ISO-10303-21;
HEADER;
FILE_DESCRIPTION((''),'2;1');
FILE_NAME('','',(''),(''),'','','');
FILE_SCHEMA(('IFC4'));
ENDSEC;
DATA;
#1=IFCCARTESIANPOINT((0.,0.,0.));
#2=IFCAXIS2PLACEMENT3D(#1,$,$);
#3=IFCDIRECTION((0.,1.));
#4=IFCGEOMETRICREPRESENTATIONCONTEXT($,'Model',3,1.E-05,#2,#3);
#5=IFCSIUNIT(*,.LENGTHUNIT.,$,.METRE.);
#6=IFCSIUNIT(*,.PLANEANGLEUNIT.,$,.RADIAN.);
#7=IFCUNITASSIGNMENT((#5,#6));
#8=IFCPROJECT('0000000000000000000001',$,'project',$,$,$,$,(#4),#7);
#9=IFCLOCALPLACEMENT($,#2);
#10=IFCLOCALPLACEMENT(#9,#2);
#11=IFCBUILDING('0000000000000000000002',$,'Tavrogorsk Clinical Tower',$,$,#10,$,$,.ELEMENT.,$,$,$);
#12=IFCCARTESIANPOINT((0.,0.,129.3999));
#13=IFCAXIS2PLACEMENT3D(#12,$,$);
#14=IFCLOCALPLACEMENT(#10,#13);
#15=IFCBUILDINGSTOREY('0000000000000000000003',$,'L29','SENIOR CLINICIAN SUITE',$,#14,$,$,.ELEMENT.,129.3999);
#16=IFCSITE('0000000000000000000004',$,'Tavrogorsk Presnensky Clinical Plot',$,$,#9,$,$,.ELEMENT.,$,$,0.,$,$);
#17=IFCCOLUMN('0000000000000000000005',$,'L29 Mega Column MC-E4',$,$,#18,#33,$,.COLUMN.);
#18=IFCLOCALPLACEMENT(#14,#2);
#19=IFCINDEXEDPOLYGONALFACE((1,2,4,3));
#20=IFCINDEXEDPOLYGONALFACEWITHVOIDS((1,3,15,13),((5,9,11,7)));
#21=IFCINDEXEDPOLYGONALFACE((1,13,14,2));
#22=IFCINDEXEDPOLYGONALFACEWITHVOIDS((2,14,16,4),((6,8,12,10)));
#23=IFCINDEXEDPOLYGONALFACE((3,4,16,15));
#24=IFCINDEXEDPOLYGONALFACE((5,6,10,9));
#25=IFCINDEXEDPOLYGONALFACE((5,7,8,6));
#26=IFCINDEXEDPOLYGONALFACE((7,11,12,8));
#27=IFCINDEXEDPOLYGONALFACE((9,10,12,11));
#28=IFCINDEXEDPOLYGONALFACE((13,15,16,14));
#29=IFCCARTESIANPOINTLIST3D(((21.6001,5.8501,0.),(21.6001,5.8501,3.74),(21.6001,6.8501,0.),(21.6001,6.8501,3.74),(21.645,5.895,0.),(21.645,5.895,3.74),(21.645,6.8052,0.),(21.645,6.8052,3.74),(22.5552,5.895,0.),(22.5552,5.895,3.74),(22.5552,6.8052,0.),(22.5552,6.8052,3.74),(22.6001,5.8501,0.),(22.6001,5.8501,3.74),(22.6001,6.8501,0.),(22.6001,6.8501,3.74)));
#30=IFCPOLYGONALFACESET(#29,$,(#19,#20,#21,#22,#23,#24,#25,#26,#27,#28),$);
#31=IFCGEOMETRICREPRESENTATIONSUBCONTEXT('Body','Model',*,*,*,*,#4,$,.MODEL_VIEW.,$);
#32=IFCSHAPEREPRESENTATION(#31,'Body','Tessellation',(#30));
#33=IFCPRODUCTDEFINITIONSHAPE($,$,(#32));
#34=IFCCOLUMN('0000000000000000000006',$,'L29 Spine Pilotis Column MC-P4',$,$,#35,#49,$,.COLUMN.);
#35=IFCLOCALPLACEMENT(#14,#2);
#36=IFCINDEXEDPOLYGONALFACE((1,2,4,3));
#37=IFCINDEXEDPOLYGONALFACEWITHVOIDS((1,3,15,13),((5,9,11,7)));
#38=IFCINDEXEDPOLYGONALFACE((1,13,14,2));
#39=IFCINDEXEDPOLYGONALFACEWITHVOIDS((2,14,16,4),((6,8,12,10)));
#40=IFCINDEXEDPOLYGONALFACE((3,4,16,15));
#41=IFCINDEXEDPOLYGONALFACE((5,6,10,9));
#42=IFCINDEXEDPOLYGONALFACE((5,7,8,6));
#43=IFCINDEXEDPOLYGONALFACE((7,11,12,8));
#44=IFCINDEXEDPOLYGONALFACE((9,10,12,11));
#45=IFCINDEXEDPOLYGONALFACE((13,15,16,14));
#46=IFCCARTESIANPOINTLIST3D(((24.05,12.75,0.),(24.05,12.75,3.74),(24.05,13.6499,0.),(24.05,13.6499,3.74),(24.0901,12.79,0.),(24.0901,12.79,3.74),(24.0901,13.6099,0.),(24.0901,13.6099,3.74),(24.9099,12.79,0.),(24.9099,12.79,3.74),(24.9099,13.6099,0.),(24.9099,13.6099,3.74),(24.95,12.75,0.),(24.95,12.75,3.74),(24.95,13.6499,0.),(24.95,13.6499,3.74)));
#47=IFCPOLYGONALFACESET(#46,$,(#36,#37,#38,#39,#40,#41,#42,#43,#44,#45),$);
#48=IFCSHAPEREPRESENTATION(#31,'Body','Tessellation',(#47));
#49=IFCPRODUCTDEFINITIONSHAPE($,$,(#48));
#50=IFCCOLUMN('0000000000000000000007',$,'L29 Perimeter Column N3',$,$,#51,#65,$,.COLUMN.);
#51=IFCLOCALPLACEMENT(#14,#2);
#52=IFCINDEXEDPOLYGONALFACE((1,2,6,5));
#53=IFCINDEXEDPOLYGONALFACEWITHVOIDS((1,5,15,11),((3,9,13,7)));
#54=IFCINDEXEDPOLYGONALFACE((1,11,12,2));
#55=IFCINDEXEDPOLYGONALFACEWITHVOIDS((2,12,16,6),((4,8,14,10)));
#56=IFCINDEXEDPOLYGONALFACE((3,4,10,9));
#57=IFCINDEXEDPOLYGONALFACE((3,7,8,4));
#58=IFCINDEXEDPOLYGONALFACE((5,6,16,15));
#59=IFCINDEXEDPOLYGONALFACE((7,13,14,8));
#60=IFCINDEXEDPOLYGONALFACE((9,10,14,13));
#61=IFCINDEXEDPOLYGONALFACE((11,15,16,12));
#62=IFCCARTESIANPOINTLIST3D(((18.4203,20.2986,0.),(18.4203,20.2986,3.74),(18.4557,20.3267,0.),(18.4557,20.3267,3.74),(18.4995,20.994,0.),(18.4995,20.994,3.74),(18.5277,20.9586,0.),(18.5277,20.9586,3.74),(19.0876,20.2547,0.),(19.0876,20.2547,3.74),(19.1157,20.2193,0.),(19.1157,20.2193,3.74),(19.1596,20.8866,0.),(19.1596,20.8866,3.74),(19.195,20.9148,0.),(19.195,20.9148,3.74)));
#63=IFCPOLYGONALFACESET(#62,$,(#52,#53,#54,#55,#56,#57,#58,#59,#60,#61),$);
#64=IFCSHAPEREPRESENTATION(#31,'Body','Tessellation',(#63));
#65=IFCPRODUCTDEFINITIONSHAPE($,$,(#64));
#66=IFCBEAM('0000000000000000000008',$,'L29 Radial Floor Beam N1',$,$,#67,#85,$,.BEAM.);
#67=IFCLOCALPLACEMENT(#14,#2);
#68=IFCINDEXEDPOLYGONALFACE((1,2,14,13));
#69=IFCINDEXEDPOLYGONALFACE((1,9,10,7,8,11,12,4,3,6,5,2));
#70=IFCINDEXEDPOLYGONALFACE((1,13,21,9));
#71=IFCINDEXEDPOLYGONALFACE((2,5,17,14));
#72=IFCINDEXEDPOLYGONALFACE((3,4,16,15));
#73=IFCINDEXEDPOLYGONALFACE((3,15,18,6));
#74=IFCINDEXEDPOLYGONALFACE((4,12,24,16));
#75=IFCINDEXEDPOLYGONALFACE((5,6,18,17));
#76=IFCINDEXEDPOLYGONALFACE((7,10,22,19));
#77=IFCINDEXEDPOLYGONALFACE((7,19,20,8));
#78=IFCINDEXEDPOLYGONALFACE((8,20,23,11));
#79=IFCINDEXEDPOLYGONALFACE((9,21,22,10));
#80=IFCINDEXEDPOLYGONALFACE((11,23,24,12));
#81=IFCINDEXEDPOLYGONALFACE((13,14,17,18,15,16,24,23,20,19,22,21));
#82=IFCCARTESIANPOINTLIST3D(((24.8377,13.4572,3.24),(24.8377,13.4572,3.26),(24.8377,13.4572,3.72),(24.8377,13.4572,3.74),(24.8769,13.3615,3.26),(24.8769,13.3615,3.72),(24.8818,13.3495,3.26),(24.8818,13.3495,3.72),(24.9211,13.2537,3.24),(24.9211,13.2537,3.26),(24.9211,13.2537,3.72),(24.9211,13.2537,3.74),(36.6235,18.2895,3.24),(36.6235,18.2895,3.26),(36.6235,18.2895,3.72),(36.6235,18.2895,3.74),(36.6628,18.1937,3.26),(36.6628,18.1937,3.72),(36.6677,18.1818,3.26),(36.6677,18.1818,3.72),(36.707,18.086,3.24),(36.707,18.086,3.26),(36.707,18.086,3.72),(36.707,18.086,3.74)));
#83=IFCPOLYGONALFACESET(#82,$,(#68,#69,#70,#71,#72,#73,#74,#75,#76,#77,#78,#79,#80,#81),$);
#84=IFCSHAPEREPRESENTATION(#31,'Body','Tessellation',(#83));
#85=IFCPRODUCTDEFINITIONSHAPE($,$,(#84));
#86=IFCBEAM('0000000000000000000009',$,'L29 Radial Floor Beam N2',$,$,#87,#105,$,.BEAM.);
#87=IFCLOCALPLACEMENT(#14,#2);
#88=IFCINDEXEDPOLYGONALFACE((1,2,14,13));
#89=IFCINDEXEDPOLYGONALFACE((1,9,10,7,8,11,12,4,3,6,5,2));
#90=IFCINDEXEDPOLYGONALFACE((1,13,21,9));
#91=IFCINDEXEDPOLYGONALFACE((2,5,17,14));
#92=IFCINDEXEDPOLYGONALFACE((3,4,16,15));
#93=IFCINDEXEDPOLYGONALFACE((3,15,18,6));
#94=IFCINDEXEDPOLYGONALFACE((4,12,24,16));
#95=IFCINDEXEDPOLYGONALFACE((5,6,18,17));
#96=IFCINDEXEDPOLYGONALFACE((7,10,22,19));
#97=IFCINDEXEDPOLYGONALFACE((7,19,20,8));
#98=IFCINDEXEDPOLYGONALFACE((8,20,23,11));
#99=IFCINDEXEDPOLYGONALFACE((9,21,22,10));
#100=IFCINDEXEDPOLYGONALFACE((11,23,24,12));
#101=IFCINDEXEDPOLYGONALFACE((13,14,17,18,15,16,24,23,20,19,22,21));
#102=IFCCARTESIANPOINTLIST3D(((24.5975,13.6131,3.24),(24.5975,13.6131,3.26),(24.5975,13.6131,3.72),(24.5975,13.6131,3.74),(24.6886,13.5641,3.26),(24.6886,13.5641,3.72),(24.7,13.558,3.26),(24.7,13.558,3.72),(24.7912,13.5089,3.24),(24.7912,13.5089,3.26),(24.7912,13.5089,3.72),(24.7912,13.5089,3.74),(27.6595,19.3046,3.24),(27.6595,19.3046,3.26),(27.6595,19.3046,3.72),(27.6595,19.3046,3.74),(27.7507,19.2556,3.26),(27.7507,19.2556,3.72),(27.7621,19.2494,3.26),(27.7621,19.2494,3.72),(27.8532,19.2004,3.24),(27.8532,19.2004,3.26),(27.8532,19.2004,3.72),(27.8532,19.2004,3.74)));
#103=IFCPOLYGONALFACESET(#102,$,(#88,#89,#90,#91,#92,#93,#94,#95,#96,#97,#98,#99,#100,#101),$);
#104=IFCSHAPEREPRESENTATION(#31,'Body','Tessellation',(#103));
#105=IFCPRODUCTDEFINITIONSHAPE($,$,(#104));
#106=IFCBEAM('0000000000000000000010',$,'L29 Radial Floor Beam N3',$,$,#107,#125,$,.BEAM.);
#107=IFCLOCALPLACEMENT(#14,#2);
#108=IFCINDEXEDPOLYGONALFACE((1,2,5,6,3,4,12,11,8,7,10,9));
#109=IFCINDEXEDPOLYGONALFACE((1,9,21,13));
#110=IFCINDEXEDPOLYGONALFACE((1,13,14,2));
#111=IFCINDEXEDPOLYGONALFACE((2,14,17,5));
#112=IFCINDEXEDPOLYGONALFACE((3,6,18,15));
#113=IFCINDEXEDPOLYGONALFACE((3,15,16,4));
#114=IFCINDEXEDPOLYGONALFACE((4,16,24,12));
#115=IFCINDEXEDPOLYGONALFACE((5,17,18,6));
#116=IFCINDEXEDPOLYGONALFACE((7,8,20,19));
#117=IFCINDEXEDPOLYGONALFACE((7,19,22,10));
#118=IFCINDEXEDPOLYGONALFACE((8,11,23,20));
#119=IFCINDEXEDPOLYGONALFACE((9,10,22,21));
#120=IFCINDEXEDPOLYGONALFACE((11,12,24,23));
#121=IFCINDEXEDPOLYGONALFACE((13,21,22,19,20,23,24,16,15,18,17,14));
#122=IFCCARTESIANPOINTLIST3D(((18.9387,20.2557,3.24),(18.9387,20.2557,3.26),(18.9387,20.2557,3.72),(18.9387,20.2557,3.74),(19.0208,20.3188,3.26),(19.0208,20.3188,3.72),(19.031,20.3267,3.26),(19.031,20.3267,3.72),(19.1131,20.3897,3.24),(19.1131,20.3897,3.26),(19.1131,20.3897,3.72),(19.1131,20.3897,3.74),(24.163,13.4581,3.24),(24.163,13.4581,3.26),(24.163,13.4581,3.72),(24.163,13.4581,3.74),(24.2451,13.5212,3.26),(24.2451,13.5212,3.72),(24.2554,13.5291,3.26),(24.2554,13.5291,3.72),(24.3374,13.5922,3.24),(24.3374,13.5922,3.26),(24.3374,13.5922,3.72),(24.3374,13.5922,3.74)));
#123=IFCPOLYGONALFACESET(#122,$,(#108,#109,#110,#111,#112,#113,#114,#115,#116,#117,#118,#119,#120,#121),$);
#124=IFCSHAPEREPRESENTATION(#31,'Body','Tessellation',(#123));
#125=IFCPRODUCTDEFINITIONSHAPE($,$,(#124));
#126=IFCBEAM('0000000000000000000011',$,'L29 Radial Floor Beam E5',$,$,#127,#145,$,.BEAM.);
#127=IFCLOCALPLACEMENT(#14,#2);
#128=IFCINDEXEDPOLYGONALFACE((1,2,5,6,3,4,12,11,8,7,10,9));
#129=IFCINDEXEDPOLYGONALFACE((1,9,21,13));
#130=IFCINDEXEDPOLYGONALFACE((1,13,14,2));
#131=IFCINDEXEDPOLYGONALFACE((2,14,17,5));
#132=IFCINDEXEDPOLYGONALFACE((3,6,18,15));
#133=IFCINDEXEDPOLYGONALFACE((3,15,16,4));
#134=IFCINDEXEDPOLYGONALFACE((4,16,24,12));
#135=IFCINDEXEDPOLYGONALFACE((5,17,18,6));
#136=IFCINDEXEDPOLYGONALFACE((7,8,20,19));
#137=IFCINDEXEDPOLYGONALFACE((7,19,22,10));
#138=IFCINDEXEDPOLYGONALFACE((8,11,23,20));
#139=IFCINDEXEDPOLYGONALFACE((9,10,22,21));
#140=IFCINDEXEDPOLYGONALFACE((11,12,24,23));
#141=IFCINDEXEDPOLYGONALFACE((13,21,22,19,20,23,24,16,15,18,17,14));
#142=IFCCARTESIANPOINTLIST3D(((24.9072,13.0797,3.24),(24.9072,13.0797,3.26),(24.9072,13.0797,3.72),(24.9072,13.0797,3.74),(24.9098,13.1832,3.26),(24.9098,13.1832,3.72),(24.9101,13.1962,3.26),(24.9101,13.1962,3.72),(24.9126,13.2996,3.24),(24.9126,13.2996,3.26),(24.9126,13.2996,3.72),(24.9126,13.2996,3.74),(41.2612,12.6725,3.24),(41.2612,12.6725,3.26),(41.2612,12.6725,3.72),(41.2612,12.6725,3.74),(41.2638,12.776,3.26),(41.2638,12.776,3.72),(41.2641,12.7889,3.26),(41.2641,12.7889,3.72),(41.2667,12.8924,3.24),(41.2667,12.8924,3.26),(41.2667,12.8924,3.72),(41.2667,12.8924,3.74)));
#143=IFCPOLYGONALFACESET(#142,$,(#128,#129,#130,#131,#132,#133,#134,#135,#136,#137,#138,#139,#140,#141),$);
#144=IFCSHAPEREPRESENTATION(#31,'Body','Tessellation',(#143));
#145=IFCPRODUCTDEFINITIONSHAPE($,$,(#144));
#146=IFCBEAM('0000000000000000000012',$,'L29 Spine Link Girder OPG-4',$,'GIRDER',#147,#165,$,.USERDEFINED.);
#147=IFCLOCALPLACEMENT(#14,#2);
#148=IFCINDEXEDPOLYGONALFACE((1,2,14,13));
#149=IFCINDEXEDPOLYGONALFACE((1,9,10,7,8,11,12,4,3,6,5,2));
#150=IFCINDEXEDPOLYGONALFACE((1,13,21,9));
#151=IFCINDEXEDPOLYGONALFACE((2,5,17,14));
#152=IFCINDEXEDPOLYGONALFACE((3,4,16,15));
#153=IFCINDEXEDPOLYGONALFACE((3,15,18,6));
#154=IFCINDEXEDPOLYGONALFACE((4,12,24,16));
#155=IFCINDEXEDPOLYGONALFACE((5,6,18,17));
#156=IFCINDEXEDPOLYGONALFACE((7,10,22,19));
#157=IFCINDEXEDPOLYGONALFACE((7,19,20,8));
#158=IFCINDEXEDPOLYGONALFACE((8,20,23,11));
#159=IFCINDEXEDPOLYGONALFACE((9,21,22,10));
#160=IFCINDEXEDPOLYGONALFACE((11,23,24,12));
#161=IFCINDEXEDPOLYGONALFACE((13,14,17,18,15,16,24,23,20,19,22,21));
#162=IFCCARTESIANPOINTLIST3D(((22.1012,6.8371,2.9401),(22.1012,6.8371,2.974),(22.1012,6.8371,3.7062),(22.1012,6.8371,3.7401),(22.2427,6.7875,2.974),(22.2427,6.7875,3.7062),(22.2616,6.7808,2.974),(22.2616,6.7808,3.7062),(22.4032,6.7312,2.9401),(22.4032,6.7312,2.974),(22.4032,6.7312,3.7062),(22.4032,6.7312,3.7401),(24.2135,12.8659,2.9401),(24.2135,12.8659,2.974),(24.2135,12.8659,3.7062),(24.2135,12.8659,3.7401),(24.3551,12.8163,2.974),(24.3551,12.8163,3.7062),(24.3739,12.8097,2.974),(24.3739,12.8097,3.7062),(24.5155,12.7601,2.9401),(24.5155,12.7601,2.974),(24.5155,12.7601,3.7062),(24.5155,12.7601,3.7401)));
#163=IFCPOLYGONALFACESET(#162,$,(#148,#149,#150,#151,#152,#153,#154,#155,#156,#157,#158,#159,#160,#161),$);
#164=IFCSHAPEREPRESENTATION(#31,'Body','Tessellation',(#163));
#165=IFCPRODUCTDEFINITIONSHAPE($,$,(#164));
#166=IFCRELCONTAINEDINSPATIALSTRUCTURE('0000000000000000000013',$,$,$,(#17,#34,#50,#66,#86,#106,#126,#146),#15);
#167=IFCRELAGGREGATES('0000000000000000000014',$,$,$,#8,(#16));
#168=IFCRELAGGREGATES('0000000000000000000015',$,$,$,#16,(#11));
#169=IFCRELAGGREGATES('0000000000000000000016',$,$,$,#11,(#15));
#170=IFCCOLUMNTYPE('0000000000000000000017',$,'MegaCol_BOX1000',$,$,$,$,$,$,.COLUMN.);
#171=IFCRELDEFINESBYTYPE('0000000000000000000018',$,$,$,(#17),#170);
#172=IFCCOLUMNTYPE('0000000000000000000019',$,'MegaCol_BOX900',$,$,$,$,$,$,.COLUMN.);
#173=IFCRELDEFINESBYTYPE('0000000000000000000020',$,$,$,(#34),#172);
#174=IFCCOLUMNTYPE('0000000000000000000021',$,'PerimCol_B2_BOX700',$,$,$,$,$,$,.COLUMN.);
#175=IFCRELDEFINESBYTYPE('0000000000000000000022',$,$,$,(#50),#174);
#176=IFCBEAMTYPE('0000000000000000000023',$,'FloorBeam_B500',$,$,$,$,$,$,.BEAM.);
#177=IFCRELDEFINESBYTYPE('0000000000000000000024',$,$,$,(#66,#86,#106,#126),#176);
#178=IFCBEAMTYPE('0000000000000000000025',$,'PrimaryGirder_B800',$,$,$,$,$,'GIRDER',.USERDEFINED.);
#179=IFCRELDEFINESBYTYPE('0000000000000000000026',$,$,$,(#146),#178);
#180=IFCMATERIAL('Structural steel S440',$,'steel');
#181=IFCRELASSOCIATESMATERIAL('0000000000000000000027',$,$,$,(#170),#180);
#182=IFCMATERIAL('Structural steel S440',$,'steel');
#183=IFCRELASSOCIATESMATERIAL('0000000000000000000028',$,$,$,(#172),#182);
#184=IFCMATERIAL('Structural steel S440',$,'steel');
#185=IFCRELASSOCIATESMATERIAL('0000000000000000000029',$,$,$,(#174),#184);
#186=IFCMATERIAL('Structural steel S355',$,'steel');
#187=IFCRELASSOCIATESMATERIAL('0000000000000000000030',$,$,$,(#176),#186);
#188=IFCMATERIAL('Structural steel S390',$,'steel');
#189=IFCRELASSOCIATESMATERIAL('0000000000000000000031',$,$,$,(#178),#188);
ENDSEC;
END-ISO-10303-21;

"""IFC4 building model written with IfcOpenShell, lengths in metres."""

from ifc_helpers import new_model, si_unit, direction, frame, origin, origin_2d, place, context, subcontext, project, spatial, hollow_rectangle, i_section, extrude, material, material_profile, profile_set, type_object, element, save


model = new_model("IFC4")

# Units and contexts
model_context = context("Model", 3, precision=1e-05, world=origin(), true_north=direction((0.0, 1.0)))
body_context = subcontext(model_context, "Body", "Model", "MODEL_VIEW")
ifc_project = project(units=[si_unit("LENGTHUNIT", "METRE"), si_unit("PLANEANGLEUNIT", "RADIAN")], contexts=[model_context])

# Site, building, storey
site_placement = place(None, origin())
site = spatial("IfcSite", under=ifc_project, at=site_placement, Name="Tavrogorsk Presnensky Clinical Plot", CompositionType="ELEMENT", RefElevation=0.0)
building_placement = place(site_placement, origin())
building = spatial("IfcBuilding", under=site, at=building_placement, Name="Tavrogorsk Clinical Tower", CompositionType="ELEMENT")
storey_placement = place(building_placement, frame((0.0, 0.0, 129.3999)))
storey = spatial("IfcBuildingStorey", under=building, at=storey_placement, Name="L29", Description="SENIOR CLINICIAN SUITE", CompositionType="ELEMENT", Elevation=129.3999)

# Columns
ifc_material_1 = material(Name="Structural steel S440", Category="steel")
ifc_material_profile_1 = material_profile(ifc_material_1, hollow_rectangle(XDim=1.0, YDim=1.0, WallThickness=0.0449, at=origin_2d()), Name="BOX-1000x1000x45")
ifc_profile_set_1 = profile_set([ifc_material_profile_1], Name="Structural steel S440")
column_type_1 = type_object("IfcColumnType", Name="MegaCol_BOX1000", PredefinedType="COLUMN", material=ifc_profile_set_1)
column_1_placement = place(storey_placement, frame((22.1001, 6.3501, 0.0), z_axis=(0.0, 0.0, 1.0), x_axis=(1.0, 0.0, 0.0)))
element("IfcColumn", 1, at=column_1_placement, inside=storey, type_object=column_type_1, Name="L29 Mega Column MC-E4", PredefinedType="COLUMN", context=body_context, shape_type="SweptSolid", body=[
    extrude(hollow_rectangle(XDim=1.0, YDim=1.0, WallThickness=0.0449, at=origin_2d()), origin(), (0.0, 0.0, 1.0), 3.74),
])
ifc_material_2 = material(Name="Structural steel S440", Category="steel")
ifc_material_profile_2 = material_profile(ifc_material_2, hollow_rectangle(XDim=0.8999, YDim=0.8999, WallThickness=0.04, at=origin_2d()), Name="BOX-900x900x40")
ifc_profile_set_2 = profile_set([ifc_material_profile_2], Name="Structural steel S440")
column_type_2 = type_object("IfcColumnType", Name="MegaCol_BOX900", PredefinedType="COLUMN", material=ifc_profile_set_2)
column_2_placement = place(storey_placement, frame((24.5, 13.2, 0.0), z_axis=(0.0, 0.0, 1.0), x_axis=(1.0, 0.0, 0.0)))
element("IfcColumn", 2, at=column_2_placement, inside=storey, type_object=column_type_2, Name="L29 Spine Pilotis Column MC-P4", PredefinedType="COLUMN", context=body_context, shape_type="SweptSolid", body=[
    extrude(hollow_rectangle(XDim=0.8999, YDim=0.8999, WallThickness=0.04, at=origin_2d()), origin(), (0.0, 0.0, 1.0), 3.74),
])
ifc_material_3 = material(Name="Structural steel S440", Category="steel")
ifc_material_profile_3 = material_profile(ifc_material_3, hollow_rectangle(XDim=0.7, YDim=0.7, WallThickness=0.032, at=origin_2d()), Name="BOX-700x700x32")
ifc_profile_set_3 = profile_set([ifc_material_profile_3], Name="Structural steel S440")
column_type_3 = type_object("IfcColumnType", Name="PerimCol_B2_BOX700", PredefinedType="COLUMN", material=ifc_profile_set_3)
column_3_placement = place(storey_placement, frame((18.8076, 20.6067, 0.0), z_axis=(0.0, 0.0, 1.0), x_axis=(0.993572, -0.113203, 0.0)))
element("IfcColumn", 3, at=column_3_placement, inside=storey, type_object=column_type_3, Name="L29 Perimeter Column N3", PredefinedType="COLUMN", context=body_context, shape_type="SweptSolid", body=[
    extrude(hollow_rectangle(XDim=0.7, YDim=0.7, WallThickness=0.032, at=origin_2d()), origin(), (0.0, 0.0, 1.0), 3.74),
])

# Beams
ifc_material_4 = material(Name="Structural steel S355", Category="steel")
ifc_material_profile_4 = material_profile(ifc_material_4, i_section(OverallWidth=0.22, OverallDepth=0.5, WebThickness=0.0129, FlangeThickness=0.02, at=origin_2d()), Name="B-500x220x13x20")
ifc_profile_set_4 = profile_set([ifc_material_profile_4], Name="Structural steel S355")
beam_type_1 = type_object("IfcBeamType", Name="FloorBeam_B500", PredefinedType="BEAM", material=ifc_profile_set_4)
beam_1_placement = place(storey_placement, frame((24.8794, 13.3555, 3.49), z_axis=(0.92525, 0.379357, 0.0), x_axis=(-0.379357, 0.92525, 0.0)))
element("IfcBeam", 4, at=beam_1_placement, inside=storey, type_object=beam_type_1, Name="L29 Radial Floor Beam N1", PredefinedType="BEAM", context=body_context, shape_type="SweptSolid", body=[
    extrude(i_section(OverallWidth=0.22, OverallDepth=0.5, WebThickness=0.0129, FlangeThickness=0.02, at=origin_2d()), origin(), (0.0, 0.0, 1.0), 12.738),
])
beam_2_placement = place(storey_placement, frame((24.6943, 13.561, 3.49), z_axis=(0.473789, 0.880638, 0.0), x_axis=(-0.880638, 0.473789, 0.0)))
element("IfcBeam", 5, at=beam_2_placement, inside=storey, type_object=beam_type_1, Name="L29 Radial Floor Beam N2", PredefinedType="BEAM", context=body_context, shape_type="SweptSolid", body=[
    extrude(i_section(OverallWidth=0.22, OverallDepth=0.5, WebThickness=0.0129, FlangeThickness=0.02, at=origin_2d()), origin(), (0.0, 0.0, 1.0), 6.4629),
])
beam_3_placement = place(storey_placement, frame((24.2502, 13.5251, 3.49), z_axis=(-0.609376, 0.792881, 0.0), x_axis=(-0.792881, -0.609376, 0.0)))
element("IfcBeam", 6, at=beam_3_placement, inside=storey, type_object=beam_type_1, Name="L29 Radial Floor Beam N3", PredefinedType="BEAM", context=body_context, shape_type="SweptSolid", body=[
    extrude(i_section(OverallWidth=0.22, OverallDepth=0.5, WebThickness=0.0129, FlangeThickness=0.02, at=origin_2d()), origin(), (0.0, 0.0, 1.0), 8.5732),
])
beam_4_placement = place(storey_placement, frame((24.9099, 13.1897, 3.49), z_axis=(0.99969, -0.024893, 0.0), x_axis=(0.024893, 0.99969, 0.0)))
element("IfcBeam", 7, at=beam_4_placement, inside=storey, type_object=beam_type_1, Name="L29 Radial Floor Beam E5", PredefinedType="BEAM", context=body_context, shape_type="SweptSolid", body=[
    extrude(i_section(OverallWidth=0.22, OverallDepth=0.5, WebThickness=0.0129, FlangeThickness=0.02, at=origin_2d()), origin(), (0.0, 0.0, 1.0), 16.3591),
])
ifc_material_5 = material(Name="Structural steel S390", Category="steel")
ifc_material_profile_5 = material_profile(ifc_material_5, i_section(OverallWidth=0.3201, OverallDepth=0.8, WebThickness=0.02, FlangeThickness=0.0339, at=origin_2d()), Name="B-800x320x20x34")
ifc_profile_set_5 = profile_set([ifc_material_profile_5], Name="Structural steel S390")
beam_type_2 = type_object("IfcBeamType", Name="PrimaryGirder_B800", ElementType="GIRDER", PredefinedType="USERDEFINED", material=ifc_profile_set_5)
beam_5_placement = place(storey_placement, frame((24.3645, 12.813, 3.3401), z_axis=(-0.33066, -0.94375, 0.0), x_axis=(0.94375, -0.33066, 0.0)))
element("IfcBeam", 8, at=beam_5_placement, inside=storey, type_object=beam_type_2, Name="L29 Spine Link Girder OPG-4", ObjectType="GIRDER", PredefinedType="USERDEFINED", context=body_context, shape_type="SweptSolid", body=[
    extrude(i_section(OverallWidth=0.3201, OverallDepth=0.8, WebThickness=0.02, FlangeThickness=0.0339, at=origin_2d()), origin(), (0.0, 0.0, 1.0), 6.3882),
])

save(model, "model.ifc")
